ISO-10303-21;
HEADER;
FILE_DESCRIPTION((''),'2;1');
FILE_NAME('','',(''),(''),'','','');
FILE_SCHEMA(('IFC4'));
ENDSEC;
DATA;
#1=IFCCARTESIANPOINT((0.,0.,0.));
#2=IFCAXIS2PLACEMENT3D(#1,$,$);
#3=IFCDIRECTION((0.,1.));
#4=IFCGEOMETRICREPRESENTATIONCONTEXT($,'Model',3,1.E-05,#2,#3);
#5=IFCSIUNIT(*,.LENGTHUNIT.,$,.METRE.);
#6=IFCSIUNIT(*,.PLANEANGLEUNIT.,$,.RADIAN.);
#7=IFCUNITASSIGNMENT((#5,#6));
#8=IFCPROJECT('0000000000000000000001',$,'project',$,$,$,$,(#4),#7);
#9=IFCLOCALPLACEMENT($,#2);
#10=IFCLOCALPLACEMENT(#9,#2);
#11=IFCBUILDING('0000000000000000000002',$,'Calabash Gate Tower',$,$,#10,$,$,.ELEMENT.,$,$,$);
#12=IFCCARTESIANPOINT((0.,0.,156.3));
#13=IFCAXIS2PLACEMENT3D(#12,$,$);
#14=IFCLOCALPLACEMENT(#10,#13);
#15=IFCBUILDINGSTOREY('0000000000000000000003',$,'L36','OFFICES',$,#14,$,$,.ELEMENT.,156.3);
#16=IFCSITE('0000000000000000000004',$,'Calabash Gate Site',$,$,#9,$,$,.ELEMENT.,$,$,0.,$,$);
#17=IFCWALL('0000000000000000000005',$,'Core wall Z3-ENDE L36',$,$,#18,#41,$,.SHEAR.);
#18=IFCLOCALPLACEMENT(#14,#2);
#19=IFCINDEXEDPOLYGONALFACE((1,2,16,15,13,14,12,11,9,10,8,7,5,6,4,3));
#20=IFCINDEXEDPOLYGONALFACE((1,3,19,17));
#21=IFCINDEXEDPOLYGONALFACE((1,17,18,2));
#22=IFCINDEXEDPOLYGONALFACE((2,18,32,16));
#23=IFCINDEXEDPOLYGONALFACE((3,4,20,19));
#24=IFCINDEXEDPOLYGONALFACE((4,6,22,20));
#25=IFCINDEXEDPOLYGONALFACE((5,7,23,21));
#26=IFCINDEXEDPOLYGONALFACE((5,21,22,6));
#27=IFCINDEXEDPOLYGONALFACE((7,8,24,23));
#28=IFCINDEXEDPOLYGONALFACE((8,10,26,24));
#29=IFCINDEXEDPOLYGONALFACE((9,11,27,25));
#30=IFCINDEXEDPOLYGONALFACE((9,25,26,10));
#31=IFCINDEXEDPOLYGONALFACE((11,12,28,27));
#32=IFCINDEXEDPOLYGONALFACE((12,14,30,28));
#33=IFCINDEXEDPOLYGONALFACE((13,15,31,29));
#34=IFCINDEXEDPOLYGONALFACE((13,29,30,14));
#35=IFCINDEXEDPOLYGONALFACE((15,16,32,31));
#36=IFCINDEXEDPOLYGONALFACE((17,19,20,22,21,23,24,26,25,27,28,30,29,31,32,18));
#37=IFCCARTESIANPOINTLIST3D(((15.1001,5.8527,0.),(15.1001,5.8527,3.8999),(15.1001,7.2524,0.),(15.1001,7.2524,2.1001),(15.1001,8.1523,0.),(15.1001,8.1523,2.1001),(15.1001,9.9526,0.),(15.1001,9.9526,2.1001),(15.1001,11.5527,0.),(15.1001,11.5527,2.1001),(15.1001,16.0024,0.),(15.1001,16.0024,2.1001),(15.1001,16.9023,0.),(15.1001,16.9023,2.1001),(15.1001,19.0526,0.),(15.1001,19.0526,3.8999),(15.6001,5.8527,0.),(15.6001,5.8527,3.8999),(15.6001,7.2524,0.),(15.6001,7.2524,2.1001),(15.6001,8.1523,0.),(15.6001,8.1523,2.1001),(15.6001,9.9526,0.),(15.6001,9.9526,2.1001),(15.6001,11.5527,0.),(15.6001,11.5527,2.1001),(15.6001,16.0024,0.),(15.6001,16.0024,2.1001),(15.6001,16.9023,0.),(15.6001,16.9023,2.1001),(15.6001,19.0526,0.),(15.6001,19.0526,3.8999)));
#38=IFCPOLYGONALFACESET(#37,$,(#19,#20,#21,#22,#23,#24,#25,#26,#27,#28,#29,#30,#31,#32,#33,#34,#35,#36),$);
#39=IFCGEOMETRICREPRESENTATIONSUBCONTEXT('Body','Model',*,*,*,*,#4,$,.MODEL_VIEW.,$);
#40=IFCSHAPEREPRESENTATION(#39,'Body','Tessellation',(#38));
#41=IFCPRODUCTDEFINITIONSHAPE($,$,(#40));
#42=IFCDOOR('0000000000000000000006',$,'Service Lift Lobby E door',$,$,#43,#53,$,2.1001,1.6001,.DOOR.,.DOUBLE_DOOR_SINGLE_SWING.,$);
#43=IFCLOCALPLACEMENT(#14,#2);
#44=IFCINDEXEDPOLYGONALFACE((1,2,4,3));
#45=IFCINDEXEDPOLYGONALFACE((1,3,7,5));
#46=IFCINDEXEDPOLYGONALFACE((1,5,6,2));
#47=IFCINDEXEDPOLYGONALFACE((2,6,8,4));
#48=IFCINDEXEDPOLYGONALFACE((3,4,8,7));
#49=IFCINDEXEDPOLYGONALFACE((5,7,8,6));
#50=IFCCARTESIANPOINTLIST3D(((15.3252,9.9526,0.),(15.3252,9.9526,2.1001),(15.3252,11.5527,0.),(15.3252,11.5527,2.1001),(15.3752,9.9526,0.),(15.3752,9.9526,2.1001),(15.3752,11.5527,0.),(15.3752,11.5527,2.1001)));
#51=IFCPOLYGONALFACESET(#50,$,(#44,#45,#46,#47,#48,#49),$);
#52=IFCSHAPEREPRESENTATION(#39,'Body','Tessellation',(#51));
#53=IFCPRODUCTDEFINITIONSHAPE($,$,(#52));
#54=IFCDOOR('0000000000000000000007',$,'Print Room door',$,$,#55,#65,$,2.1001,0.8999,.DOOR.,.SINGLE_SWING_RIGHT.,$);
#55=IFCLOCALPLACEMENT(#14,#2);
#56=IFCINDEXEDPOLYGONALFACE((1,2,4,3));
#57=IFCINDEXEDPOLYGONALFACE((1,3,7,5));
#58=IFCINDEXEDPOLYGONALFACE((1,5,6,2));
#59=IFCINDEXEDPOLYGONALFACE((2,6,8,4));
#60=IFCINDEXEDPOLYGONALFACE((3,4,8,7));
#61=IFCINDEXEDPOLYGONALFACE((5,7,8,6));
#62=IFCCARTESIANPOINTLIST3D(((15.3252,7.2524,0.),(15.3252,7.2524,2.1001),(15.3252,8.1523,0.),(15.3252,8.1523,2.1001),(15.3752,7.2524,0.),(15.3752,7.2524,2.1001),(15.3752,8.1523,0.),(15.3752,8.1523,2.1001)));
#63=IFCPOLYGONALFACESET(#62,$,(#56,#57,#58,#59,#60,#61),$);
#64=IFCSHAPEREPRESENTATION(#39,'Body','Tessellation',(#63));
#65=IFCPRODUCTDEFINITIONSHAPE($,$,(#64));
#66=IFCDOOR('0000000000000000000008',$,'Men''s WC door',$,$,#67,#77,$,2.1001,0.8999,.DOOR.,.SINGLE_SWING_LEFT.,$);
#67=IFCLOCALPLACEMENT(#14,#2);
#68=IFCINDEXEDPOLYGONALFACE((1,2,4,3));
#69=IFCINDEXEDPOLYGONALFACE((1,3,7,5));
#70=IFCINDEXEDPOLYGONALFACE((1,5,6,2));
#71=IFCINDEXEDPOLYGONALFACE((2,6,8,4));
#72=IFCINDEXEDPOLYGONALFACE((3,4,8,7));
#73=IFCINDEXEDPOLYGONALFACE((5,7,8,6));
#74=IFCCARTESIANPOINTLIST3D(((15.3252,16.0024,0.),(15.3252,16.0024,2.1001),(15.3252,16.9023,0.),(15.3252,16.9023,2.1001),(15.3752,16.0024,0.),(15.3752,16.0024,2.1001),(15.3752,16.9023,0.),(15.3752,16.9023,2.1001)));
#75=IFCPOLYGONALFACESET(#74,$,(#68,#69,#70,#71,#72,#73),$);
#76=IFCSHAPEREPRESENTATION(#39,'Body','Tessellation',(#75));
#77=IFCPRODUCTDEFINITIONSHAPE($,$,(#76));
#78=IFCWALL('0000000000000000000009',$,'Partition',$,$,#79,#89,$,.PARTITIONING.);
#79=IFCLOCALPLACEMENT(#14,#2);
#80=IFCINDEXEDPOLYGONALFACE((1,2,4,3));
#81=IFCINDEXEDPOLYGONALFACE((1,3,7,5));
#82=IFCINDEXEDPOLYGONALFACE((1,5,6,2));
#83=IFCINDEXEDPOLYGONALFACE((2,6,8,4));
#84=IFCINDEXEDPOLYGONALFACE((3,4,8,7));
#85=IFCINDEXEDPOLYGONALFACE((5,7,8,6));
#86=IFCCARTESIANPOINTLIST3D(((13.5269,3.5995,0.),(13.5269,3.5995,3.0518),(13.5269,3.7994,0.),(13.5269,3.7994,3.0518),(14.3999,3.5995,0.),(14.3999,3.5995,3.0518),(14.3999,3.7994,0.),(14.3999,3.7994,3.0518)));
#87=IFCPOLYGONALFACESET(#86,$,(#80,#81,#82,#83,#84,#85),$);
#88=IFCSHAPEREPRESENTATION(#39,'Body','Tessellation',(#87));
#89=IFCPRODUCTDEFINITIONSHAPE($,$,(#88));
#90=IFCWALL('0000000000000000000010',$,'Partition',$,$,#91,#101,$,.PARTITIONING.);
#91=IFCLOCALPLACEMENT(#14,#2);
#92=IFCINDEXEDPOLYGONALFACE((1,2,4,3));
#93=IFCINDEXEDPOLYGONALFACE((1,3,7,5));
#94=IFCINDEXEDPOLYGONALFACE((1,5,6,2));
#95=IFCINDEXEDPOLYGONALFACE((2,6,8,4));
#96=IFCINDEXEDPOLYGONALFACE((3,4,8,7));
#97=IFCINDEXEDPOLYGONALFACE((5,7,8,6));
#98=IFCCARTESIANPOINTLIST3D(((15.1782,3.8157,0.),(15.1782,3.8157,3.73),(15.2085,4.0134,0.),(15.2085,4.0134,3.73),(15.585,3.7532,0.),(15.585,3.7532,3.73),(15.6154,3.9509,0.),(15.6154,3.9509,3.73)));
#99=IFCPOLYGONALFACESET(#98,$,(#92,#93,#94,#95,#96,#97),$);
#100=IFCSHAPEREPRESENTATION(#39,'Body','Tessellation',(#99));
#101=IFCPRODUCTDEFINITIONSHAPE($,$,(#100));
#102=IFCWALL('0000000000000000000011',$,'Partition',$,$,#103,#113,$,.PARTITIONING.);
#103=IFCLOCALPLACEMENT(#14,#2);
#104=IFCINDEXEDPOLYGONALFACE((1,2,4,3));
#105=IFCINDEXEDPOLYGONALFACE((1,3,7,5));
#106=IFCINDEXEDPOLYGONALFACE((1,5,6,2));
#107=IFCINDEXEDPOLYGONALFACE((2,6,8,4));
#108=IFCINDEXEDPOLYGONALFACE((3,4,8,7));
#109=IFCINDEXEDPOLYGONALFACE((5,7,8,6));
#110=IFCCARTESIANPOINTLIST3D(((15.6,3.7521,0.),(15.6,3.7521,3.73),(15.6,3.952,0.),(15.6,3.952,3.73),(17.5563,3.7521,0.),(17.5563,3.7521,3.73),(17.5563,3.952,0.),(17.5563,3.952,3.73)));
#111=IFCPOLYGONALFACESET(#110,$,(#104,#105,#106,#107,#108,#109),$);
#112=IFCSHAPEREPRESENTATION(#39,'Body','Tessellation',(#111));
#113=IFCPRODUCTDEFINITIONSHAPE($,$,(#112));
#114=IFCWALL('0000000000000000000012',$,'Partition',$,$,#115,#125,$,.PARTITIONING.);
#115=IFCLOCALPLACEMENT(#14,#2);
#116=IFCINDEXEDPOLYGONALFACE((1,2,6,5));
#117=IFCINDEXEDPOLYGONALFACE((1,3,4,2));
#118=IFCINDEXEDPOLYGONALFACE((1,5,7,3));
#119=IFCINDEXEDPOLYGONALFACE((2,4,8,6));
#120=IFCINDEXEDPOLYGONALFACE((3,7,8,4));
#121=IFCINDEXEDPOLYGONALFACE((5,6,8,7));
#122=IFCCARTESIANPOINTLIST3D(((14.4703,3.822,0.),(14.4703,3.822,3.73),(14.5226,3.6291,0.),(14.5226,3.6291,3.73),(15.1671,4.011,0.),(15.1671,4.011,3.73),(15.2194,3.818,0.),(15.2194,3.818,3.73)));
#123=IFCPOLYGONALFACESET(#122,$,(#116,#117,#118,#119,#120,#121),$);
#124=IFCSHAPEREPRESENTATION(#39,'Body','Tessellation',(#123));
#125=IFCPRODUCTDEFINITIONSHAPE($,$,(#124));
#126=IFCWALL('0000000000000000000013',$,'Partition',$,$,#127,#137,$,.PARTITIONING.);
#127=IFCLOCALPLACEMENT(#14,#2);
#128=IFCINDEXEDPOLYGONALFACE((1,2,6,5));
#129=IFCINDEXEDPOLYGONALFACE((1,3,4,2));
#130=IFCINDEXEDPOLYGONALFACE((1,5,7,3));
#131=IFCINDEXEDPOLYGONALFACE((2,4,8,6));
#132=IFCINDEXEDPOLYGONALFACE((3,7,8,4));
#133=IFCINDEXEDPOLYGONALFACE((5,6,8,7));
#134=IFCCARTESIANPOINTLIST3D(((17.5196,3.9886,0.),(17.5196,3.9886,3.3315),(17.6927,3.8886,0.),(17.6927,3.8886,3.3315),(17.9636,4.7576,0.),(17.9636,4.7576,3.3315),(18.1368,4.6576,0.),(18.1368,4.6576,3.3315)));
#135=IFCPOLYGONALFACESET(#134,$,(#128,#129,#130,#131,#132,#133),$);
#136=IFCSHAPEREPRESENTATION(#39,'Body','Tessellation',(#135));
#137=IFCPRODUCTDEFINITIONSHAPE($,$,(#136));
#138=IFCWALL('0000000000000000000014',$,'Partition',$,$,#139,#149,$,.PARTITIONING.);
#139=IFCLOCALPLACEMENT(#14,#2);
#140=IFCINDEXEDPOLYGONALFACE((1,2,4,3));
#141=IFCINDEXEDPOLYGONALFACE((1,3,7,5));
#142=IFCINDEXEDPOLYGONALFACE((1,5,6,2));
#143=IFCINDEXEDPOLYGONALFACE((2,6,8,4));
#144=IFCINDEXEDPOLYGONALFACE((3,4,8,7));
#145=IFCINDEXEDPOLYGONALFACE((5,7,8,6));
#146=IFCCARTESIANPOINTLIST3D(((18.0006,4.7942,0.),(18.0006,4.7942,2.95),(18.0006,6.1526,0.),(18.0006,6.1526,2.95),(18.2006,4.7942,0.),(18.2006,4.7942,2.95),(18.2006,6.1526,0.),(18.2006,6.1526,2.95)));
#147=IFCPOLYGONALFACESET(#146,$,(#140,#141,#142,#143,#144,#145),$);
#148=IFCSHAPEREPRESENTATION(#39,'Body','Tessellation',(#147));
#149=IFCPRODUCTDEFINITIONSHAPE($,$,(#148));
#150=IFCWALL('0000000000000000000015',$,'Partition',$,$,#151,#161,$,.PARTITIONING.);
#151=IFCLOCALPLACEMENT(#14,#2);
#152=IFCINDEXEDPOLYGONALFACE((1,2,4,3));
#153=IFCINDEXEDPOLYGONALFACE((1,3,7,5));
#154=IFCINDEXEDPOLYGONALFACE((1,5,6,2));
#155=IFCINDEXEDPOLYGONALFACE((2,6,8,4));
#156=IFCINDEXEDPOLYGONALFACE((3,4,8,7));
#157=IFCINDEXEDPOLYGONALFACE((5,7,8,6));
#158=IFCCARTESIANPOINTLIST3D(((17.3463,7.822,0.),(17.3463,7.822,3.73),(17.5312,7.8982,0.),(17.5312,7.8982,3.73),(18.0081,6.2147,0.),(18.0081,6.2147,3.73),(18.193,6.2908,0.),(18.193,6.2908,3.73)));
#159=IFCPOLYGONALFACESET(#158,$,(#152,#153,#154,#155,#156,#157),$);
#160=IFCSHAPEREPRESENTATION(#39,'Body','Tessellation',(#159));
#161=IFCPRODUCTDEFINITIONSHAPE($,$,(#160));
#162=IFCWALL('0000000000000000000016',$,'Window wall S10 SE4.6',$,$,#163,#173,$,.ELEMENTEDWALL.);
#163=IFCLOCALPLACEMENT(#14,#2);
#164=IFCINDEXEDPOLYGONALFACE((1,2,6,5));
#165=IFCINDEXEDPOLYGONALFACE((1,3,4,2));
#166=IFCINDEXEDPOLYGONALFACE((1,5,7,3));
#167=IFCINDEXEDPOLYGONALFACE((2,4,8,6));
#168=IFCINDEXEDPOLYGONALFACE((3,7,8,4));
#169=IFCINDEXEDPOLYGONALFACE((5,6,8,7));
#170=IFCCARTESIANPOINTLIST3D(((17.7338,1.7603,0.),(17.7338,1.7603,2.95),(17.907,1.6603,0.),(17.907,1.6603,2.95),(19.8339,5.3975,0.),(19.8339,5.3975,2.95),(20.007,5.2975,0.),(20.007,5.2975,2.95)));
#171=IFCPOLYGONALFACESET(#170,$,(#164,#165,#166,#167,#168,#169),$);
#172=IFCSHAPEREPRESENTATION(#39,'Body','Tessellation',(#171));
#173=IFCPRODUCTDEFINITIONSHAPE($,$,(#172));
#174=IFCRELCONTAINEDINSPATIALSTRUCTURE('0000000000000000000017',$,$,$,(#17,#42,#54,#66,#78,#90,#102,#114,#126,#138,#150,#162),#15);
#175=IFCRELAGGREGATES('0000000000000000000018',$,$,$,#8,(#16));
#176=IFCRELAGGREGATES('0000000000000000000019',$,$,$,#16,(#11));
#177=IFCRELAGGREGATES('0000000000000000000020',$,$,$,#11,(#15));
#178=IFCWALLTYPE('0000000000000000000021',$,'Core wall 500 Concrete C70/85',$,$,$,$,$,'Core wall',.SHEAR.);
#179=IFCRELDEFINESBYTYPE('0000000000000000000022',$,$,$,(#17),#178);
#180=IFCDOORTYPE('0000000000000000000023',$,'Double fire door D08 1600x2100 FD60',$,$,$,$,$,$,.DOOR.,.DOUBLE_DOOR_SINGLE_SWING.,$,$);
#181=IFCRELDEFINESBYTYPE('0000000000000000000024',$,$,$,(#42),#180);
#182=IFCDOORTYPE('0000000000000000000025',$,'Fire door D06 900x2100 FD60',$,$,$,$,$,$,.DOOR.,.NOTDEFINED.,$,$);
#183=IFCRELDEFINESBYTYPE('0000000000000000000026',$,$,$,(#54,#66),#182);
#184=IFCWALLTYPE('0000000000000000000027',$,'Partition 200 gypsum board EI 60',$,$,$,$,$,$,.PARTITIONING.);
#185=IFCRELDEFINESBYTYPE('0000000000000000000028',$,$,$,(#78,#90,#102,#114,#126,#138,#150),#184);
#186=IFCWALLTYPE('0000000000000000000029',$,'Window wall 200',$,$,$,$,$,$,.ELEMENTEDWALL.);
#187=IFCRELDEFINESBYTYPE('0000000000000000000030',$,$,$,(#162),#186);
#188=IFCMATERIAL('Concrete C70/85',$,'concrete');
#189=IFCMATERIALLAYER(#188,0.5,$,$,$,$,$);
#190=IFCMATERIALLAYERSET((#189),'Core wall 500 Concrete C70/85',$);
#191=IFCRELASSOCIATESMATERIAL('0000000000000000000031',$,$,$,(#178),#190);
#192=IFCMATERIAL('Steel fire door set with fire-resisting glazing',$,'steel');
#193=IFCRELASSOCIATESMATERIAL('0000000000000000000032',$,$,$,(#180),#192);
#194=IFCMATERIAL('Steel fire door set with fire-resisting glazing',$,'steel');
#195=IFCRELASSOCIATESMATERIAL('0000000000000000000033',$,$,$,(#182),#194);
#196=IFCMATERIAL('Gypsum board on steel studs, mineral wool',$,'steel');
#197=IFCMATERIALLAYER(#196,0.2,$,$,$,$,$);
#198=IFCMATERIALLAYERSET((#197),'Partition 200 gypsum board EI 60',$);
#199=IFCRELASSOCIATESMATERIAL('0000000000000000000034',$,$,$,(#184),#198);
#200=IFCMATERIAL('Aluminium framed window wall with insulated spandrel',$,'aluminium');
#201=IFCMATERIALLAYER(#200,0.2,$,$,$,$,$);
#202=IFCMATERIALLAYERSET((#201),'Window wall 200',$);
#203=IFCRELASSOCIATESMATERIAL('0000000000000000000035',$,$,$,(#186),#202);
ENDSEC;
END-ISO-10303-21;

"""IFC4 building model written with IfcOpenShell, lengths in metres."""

from ifc_helpers import new_model, si_unit, direction, frame, frame_2d, origin, place, context, subcontext, project, spatial, rectangle, extrude, material, layer, layer_set, type_object, element, fill, save


model = new_model("IFC4")

# Units and contexts
model_context = context("Model", 3, precision=1e-05, world=origin(), true_north=direction((0.0, 1.0)))
body_context = subcontext(model_context, "Body", "Model", "MODEL_VIEW")
ifc_project = project(units=[si_unit("LENGTHUNIT", "METRE"), si_unit("PLANEANGLEUNIT", "RADIAN")], contexts=[model_context])

# Site, building, storey
site_placement = place(None, origin())
site = spatial("IfcSite", under=ifc_project, at=site_placement, Name="Calabash Gate Site", CompositionType="ELEMENT", RefElevation=0.0)
building_placement = place(site_placement, origin())
building = spatial("IfcBuilding", under=site, at=building_placement, Name="Calabash Gate Tower", CompositionType="ELEMENT")
storey_placement = place(building_placement, frame((0.0, 0.0, 156.3)))
storey = spatial("IfcBuildingStorey", under=building, at=storey_placement, Name="L36", Description="OFFICES", CompositionType="ELEMENT", Elevation=156.3)

# Wall, openings, doors
ifc_material_1 = material(Name="Concrete C70/85", Category="concrete")
ifc_layer_1 = layer(ifc_material_1, 0.5)
ifc_layer_set_1 = layer_set([ifc_layer_1], Name="Core wall 500 Concrete C70/85")
wall_type_1 = type_object("IfcWallType", Name="Core wall 500 Concrete C70/85", ElementType="Core wall", PredefinedType="SHEAR", material=ifc_layer_set_1)
wall_1_placement = place(storey_placement, frame((15.3501, 5.8525, 0.0), z_axis=(0.0, 0.0, 1.0), x_axis=(0.0, 1.0, 0.0)))
wall_1 = element("IfcWall", 1, at=wall_1_placement, inside=storey, type_object=wall_type_1, Name="Core wall Z3-ENDE L36", PredefinedType="SHEAR", context=body_context, shape_type="SweptSolid", body=[
    extrude(rectangle(XDim=13.2, YDim=0.5, at=frame_2d((6.6001, 0.0))), origin(), (0.0, 0.0, 1.0), 3.8999),
])
opening_1_placement = place(wall_1_placement, frame((4.1001, 0.0, 0.0)))
opening_1 = element("IfcOpeningElement", 2, at=opening_1_placement, cuts=wall_1, PredefinedType="OPENING", context=body_context, shape_type="SweptSolid", body=[
    extrude(rectangle(XDim=1.6001, YDim=2.1001, at=frame_2d((0.8, 1.05))), frame((0.0, 0.26, 0.0), z_axis=(0.0, -1.0, 0.0), x_axis=(1.0, 0.0, 0.0)), (0.0, 0.0, 1.0), 0.52),
])
opening_2_placement = place(wall_1_placement, frame((1.3999, 0.0, 0.0)))
opening_2 = element("IfcOpeningElement", 3, at=opening_2_placement, cuts=wall_1, PredefinedType="OPENING", context=body_context, shape_type="SweptSolid", body=[
    extrude(rectangle(XDim=0.8999, YDim=2.1001, at=frame_2d((0.45, 1.05))), frame((0.0, 0.26, 0.0), z_axis=(0.0, -1.0, 0.0), x_axis=(1.0, 0.0, 0.0)), (0.0, 0.0, 1.0), 0.52),
])
opening_3_placement = place(wall_1_placement, frame((10.1499, 0.0, 0.0)))
opening_3 = element("IfcOpeningElement", 4, at=opening_3_placement, cuts=wall_1, PredefinedType="OPENING", context=body_context, shape_type="SweptSolid", body=[
    extrude(rectangle(XDim=0.8999, YDim=2.1001, at=frame_2d((0.45, 1.05))), frame((0.0, 0.26, 0.0), z_axis=(0.0, -1.0, 0.0), x_axis=(1.0, 0.0, 0.0)), (0.0, 0.0, 1.0), 0.52),
])
ifc_material_2 = material(Name="Steel fire door set with fire-resisting glazing", Category="steel")
door_type_1 = type_object("IfcDoorType", Name="Double fire door D08 1600x2100 FD60", OperationType="DOUBLE_DOOR_SINGLE_SWING", PredefinedType="DOOR", material=ifc_material_2)
door_1_placement = place(opening_1_placement, origin())
door_1 = element("IfcDoor", 5, at=door_1_placement, inside=storey, type_object=door_type_1, Name="Service Lift Lobby E door", OperationType="DOUBLE_DOOR_SINGLE_SWING", OverallHeight=2.1001, OverallWidth=1.6001, PredefinedType="DOOR", context=body_context, shape_type="SweptSolid", body=[
    extrude(rectangle(XDim=1.6001, YDim=2.1001, at=frame_2d((0.8, 1.05))), frame((0.0, 0.0249, 0.0), z_axis=(0.0, -1.0, 0.0), x_axis=(1.0, 0.0, 0.0)), (0.0, 0.0, 1.0), 0.05),
])
fill(opening_1, door_1)
ifc_material_3 = material(Name="Steel fire door set with fire-resisting glazing", Category="steel")
door_type_2 = type_object("IfcDoorType", Name="Fire door D06 900x2100 FD60", OperationType="NOTDEFINED", PredefinedType="DOOR", material=ifc_material_3)
door_2_placement = place(opening_2_placement, origin())
door_2 = element("IfcDoor", 6, at=door_2_placement, inside=storey, type_object=door_type_2, Name="Print Room door", OperationType="SINGLE_SWING_RIGHT", OverallHeight=2.1001, OverallWidth=0.8999, PredefinedType="DOOR", context=body_context, shape_type="SweptSolid", body=[
    extrude(rectangle(XDim=0.8999, YDim=2.1001, at=frame_2d((0.45, 1.05))), frame((0.0, 0.0249, 0.0), z_axis=(0.0, -1.0, 0.0), x_axis=(1.0, 0.0, 0.0)), (0.0, 0.0, 1.0), 0.05),
])
fill(opening_2, door_2)
door_3_placement = place(opening_3_placement, origin())
door_3 = element("IfcDoor", 7, at=door_3_placement, inside=storey, type_object=door_type_2, Name="Men's WC door", OperationType="SINGLE_SWING_LEFT", OverallHeight=2.1001, OverallWidth=0.8999, PredefinedType="DOOR", context=body_context, shape_type="SweptSolid", body=[
    extrude(rectangle(XDim=0.8999, YDim=2.1001, at=frame_2d((0.45, 1.05))), frame((0.0, 0.0249, 0.0), z_axis=(0.0, -1.0, 0.0), x_axis=(1.0, 0.0, 0.0)), (0.0, 0.0, 1.0), 0.05),
])
fill(opening_3, door_3)

# Walls
ifc_material_4 = material(Name="Gypsum board on steel studs, mineral wool", Category="steel")
ifc_layer_2 = layer(ifc_material_4, 0.2)
ifc_layer_set_2 = layer_set([ifc_layer_2], Name="Partition 200 gypsum board EI 60")
wall_type_2 = type_object("IfcWallType", Name="Partition 200 gypsum board EI 60", PredefinedType="PARTITIONING", material=ifc_layer_set_2)
wall_2_placement = place(storey_placement, frame((13.5269, 3.6995, 0.0), z_axis=(0.0, 0.0, 1.0), x_axis=(1.0, 0.0, 0.0)))
element("IfcWall", 8, at=wall_2_placement, inside=storey, type_object=wall_type_2, Name="Partition", PredefinedType="PARTITIONING", context=body_context, shape_type="SweptSolid", body=[
    extrude(rectangle(XDim=0.873, YDim=0.2, at=frame_2d((0.4365, 0.0))), origin(), (0.0, 0.0, 1.0), 3.0518),
])
wall_3_placement = place(storey_placement, frame((15.1934, 3.9146, 0.0), z_axis=(0.0, 0.0, 1.0), x_axis=(0.988399, -0.151879, 0.0)))
element("IfcWall", 9, at=wall_3_placement, inside=storey, type_object=wall_type_2, Name="Partition", PredefinedType="PARTITIONING", context=body_context, shape_type="SweptSolid", body=[
    extrude(rectangle(XDim=0.4116, YDim=0.2, at=frame_2d((0.2058, 0.0))), origin(), (0.0, 0.0, 1.0), 3.73),
])
wall_4_placement = place(storey_placement, frame((15.6001, 3.8521, 0.0), z_axis=(0.0, 0.0, 1.0), x_axis=(1.0, 0.0, 0.0)))
element("IfcWall", 10, at=wall_4_placement, inside=storey, type_object=wall_type_2, Name="Partition", PredefinedType="PARTITIONING", context=body_context, shape_type="SweptSolid", body=[
    extrude(rectangle(XDim=1.9563, YDim=0.2, at=frame_2d((0.978, 0.0))), origin(), (0.0, 0.0, 1.0), 3.73),
])
wall_5_placement = place(storey_placement, frame((14.4966, 3.7256, 0.0), z_axis=(0.0, 0.0, 1.0), x_axis=(0.965137, 0.261744, 0.0)))
element("IfcWall", 11, at=wall_5_placement, inside=storey, type_object=wall_type_2, Name="Partition", PredefinedType="PARTITIONING", context=body_context, shape_type="SweptSolid", body=[
    extrude(rectangle(XDim=0.7219, YDim=0.2, at=frame_2d((0.3608, 0.0))), origin(), (0.0, 0.0, 1.0), 3.73),
])
wall_6_placement = place(storey_placement, frame((17.6062, 3.9387, 0.0), z_axis=(0.0, 0.0, 1.0), x_axis=(0.500071, 0.865984, 0.0)))
element("IfcWall", 12, at=wall_6_placement, inside=storey, type_object=wall_type_2, Name="Partition", PredefinedType="PARTITIONING", context=body_context, shape_type="SweptSolid", body=[
    extrude(rectangle(XDim=0.8879, YDim=0.2, at=frame_2d((0.4438, 0.0))), origin(), (0.0, 0.0, 1.0), 3.3315),
])
wall_7_placement = place(storey_placement, frame((18.1006, 4.7942, 0.0), z_axis=(0.0, 0.0, 1.0), x_axis=(0.0, 1.0, 0.0)))
element("IfcWall", 13, at=wall_7_placement, inside=storey, type_object=wall_type_2, Name="Partition", PredefinedType="PARTITIONING", context=body_context, shape_type="SweptSolid", body=[
    extrude(rectangle(XDim=1.3584, YDim=0.2, at=frame_2d((0.6792, 0.0))), origin(), (0.0, 0.0, 1.0), 2.95),
])
wall_8_placement = place(storey_placement, frame((17.4387, 7.8601, 0.0), z_axis=(0.0, 0.0, 1.0), x_axis=(0.380743, -0.924681, 0.0)))
element("IfcWall", 14, at=wall_8_placement, inside=storey, type_object=wall_type_2, Name="Partition", PredefinedType="PARTITIONING", context=body_context, shape_type="SweptSolid", body=[
    extrude(rectangle(XDim=1.7383, YDim=0.2, at=frame_2d((0.8691, 0.0))), origin(), (0.0, 0.0, 1.0), 3.73),
])

# Wall
ifc_material_5 = material(Name="Aluminium framed window wall with insulated spandrel", Category="aluminium")
ifc_layer_3 = layer(ifc_material_5, 0.2)
ifc_layer_set_3 = layer_set([ifc_layer_3], Name="Window wall 200")
wall_type_3 = type_object("IfcWallType", Name="Window wall 200", PredefinedType="ELEMENTEDWALL", material=ifc_layer_set_3)
wall_9_placement = place(storey_placement, frame((17.8203, 1.7102, 0.0), z_axis=(0.0, 0.0, 1.0), x_axis=(0.500028, 0.866009, 0.0)))
element("IfcWall", 15, at=wall_9_placement, inside=storey, type_object=wall_type_3, Name="Window wall S10 SE4.6", PredefinedType="ELEMENTEDWALL", context=body_context, shape_type="SweptSolid", body=[
    extrude(rectangle(XDim=4.2, YDim=0.2, at=frame_2d((2.1001, 0.0))), origin(), (0.0, 0.0, 1.0), 2.95),
])

save(model, "model.ifc")
